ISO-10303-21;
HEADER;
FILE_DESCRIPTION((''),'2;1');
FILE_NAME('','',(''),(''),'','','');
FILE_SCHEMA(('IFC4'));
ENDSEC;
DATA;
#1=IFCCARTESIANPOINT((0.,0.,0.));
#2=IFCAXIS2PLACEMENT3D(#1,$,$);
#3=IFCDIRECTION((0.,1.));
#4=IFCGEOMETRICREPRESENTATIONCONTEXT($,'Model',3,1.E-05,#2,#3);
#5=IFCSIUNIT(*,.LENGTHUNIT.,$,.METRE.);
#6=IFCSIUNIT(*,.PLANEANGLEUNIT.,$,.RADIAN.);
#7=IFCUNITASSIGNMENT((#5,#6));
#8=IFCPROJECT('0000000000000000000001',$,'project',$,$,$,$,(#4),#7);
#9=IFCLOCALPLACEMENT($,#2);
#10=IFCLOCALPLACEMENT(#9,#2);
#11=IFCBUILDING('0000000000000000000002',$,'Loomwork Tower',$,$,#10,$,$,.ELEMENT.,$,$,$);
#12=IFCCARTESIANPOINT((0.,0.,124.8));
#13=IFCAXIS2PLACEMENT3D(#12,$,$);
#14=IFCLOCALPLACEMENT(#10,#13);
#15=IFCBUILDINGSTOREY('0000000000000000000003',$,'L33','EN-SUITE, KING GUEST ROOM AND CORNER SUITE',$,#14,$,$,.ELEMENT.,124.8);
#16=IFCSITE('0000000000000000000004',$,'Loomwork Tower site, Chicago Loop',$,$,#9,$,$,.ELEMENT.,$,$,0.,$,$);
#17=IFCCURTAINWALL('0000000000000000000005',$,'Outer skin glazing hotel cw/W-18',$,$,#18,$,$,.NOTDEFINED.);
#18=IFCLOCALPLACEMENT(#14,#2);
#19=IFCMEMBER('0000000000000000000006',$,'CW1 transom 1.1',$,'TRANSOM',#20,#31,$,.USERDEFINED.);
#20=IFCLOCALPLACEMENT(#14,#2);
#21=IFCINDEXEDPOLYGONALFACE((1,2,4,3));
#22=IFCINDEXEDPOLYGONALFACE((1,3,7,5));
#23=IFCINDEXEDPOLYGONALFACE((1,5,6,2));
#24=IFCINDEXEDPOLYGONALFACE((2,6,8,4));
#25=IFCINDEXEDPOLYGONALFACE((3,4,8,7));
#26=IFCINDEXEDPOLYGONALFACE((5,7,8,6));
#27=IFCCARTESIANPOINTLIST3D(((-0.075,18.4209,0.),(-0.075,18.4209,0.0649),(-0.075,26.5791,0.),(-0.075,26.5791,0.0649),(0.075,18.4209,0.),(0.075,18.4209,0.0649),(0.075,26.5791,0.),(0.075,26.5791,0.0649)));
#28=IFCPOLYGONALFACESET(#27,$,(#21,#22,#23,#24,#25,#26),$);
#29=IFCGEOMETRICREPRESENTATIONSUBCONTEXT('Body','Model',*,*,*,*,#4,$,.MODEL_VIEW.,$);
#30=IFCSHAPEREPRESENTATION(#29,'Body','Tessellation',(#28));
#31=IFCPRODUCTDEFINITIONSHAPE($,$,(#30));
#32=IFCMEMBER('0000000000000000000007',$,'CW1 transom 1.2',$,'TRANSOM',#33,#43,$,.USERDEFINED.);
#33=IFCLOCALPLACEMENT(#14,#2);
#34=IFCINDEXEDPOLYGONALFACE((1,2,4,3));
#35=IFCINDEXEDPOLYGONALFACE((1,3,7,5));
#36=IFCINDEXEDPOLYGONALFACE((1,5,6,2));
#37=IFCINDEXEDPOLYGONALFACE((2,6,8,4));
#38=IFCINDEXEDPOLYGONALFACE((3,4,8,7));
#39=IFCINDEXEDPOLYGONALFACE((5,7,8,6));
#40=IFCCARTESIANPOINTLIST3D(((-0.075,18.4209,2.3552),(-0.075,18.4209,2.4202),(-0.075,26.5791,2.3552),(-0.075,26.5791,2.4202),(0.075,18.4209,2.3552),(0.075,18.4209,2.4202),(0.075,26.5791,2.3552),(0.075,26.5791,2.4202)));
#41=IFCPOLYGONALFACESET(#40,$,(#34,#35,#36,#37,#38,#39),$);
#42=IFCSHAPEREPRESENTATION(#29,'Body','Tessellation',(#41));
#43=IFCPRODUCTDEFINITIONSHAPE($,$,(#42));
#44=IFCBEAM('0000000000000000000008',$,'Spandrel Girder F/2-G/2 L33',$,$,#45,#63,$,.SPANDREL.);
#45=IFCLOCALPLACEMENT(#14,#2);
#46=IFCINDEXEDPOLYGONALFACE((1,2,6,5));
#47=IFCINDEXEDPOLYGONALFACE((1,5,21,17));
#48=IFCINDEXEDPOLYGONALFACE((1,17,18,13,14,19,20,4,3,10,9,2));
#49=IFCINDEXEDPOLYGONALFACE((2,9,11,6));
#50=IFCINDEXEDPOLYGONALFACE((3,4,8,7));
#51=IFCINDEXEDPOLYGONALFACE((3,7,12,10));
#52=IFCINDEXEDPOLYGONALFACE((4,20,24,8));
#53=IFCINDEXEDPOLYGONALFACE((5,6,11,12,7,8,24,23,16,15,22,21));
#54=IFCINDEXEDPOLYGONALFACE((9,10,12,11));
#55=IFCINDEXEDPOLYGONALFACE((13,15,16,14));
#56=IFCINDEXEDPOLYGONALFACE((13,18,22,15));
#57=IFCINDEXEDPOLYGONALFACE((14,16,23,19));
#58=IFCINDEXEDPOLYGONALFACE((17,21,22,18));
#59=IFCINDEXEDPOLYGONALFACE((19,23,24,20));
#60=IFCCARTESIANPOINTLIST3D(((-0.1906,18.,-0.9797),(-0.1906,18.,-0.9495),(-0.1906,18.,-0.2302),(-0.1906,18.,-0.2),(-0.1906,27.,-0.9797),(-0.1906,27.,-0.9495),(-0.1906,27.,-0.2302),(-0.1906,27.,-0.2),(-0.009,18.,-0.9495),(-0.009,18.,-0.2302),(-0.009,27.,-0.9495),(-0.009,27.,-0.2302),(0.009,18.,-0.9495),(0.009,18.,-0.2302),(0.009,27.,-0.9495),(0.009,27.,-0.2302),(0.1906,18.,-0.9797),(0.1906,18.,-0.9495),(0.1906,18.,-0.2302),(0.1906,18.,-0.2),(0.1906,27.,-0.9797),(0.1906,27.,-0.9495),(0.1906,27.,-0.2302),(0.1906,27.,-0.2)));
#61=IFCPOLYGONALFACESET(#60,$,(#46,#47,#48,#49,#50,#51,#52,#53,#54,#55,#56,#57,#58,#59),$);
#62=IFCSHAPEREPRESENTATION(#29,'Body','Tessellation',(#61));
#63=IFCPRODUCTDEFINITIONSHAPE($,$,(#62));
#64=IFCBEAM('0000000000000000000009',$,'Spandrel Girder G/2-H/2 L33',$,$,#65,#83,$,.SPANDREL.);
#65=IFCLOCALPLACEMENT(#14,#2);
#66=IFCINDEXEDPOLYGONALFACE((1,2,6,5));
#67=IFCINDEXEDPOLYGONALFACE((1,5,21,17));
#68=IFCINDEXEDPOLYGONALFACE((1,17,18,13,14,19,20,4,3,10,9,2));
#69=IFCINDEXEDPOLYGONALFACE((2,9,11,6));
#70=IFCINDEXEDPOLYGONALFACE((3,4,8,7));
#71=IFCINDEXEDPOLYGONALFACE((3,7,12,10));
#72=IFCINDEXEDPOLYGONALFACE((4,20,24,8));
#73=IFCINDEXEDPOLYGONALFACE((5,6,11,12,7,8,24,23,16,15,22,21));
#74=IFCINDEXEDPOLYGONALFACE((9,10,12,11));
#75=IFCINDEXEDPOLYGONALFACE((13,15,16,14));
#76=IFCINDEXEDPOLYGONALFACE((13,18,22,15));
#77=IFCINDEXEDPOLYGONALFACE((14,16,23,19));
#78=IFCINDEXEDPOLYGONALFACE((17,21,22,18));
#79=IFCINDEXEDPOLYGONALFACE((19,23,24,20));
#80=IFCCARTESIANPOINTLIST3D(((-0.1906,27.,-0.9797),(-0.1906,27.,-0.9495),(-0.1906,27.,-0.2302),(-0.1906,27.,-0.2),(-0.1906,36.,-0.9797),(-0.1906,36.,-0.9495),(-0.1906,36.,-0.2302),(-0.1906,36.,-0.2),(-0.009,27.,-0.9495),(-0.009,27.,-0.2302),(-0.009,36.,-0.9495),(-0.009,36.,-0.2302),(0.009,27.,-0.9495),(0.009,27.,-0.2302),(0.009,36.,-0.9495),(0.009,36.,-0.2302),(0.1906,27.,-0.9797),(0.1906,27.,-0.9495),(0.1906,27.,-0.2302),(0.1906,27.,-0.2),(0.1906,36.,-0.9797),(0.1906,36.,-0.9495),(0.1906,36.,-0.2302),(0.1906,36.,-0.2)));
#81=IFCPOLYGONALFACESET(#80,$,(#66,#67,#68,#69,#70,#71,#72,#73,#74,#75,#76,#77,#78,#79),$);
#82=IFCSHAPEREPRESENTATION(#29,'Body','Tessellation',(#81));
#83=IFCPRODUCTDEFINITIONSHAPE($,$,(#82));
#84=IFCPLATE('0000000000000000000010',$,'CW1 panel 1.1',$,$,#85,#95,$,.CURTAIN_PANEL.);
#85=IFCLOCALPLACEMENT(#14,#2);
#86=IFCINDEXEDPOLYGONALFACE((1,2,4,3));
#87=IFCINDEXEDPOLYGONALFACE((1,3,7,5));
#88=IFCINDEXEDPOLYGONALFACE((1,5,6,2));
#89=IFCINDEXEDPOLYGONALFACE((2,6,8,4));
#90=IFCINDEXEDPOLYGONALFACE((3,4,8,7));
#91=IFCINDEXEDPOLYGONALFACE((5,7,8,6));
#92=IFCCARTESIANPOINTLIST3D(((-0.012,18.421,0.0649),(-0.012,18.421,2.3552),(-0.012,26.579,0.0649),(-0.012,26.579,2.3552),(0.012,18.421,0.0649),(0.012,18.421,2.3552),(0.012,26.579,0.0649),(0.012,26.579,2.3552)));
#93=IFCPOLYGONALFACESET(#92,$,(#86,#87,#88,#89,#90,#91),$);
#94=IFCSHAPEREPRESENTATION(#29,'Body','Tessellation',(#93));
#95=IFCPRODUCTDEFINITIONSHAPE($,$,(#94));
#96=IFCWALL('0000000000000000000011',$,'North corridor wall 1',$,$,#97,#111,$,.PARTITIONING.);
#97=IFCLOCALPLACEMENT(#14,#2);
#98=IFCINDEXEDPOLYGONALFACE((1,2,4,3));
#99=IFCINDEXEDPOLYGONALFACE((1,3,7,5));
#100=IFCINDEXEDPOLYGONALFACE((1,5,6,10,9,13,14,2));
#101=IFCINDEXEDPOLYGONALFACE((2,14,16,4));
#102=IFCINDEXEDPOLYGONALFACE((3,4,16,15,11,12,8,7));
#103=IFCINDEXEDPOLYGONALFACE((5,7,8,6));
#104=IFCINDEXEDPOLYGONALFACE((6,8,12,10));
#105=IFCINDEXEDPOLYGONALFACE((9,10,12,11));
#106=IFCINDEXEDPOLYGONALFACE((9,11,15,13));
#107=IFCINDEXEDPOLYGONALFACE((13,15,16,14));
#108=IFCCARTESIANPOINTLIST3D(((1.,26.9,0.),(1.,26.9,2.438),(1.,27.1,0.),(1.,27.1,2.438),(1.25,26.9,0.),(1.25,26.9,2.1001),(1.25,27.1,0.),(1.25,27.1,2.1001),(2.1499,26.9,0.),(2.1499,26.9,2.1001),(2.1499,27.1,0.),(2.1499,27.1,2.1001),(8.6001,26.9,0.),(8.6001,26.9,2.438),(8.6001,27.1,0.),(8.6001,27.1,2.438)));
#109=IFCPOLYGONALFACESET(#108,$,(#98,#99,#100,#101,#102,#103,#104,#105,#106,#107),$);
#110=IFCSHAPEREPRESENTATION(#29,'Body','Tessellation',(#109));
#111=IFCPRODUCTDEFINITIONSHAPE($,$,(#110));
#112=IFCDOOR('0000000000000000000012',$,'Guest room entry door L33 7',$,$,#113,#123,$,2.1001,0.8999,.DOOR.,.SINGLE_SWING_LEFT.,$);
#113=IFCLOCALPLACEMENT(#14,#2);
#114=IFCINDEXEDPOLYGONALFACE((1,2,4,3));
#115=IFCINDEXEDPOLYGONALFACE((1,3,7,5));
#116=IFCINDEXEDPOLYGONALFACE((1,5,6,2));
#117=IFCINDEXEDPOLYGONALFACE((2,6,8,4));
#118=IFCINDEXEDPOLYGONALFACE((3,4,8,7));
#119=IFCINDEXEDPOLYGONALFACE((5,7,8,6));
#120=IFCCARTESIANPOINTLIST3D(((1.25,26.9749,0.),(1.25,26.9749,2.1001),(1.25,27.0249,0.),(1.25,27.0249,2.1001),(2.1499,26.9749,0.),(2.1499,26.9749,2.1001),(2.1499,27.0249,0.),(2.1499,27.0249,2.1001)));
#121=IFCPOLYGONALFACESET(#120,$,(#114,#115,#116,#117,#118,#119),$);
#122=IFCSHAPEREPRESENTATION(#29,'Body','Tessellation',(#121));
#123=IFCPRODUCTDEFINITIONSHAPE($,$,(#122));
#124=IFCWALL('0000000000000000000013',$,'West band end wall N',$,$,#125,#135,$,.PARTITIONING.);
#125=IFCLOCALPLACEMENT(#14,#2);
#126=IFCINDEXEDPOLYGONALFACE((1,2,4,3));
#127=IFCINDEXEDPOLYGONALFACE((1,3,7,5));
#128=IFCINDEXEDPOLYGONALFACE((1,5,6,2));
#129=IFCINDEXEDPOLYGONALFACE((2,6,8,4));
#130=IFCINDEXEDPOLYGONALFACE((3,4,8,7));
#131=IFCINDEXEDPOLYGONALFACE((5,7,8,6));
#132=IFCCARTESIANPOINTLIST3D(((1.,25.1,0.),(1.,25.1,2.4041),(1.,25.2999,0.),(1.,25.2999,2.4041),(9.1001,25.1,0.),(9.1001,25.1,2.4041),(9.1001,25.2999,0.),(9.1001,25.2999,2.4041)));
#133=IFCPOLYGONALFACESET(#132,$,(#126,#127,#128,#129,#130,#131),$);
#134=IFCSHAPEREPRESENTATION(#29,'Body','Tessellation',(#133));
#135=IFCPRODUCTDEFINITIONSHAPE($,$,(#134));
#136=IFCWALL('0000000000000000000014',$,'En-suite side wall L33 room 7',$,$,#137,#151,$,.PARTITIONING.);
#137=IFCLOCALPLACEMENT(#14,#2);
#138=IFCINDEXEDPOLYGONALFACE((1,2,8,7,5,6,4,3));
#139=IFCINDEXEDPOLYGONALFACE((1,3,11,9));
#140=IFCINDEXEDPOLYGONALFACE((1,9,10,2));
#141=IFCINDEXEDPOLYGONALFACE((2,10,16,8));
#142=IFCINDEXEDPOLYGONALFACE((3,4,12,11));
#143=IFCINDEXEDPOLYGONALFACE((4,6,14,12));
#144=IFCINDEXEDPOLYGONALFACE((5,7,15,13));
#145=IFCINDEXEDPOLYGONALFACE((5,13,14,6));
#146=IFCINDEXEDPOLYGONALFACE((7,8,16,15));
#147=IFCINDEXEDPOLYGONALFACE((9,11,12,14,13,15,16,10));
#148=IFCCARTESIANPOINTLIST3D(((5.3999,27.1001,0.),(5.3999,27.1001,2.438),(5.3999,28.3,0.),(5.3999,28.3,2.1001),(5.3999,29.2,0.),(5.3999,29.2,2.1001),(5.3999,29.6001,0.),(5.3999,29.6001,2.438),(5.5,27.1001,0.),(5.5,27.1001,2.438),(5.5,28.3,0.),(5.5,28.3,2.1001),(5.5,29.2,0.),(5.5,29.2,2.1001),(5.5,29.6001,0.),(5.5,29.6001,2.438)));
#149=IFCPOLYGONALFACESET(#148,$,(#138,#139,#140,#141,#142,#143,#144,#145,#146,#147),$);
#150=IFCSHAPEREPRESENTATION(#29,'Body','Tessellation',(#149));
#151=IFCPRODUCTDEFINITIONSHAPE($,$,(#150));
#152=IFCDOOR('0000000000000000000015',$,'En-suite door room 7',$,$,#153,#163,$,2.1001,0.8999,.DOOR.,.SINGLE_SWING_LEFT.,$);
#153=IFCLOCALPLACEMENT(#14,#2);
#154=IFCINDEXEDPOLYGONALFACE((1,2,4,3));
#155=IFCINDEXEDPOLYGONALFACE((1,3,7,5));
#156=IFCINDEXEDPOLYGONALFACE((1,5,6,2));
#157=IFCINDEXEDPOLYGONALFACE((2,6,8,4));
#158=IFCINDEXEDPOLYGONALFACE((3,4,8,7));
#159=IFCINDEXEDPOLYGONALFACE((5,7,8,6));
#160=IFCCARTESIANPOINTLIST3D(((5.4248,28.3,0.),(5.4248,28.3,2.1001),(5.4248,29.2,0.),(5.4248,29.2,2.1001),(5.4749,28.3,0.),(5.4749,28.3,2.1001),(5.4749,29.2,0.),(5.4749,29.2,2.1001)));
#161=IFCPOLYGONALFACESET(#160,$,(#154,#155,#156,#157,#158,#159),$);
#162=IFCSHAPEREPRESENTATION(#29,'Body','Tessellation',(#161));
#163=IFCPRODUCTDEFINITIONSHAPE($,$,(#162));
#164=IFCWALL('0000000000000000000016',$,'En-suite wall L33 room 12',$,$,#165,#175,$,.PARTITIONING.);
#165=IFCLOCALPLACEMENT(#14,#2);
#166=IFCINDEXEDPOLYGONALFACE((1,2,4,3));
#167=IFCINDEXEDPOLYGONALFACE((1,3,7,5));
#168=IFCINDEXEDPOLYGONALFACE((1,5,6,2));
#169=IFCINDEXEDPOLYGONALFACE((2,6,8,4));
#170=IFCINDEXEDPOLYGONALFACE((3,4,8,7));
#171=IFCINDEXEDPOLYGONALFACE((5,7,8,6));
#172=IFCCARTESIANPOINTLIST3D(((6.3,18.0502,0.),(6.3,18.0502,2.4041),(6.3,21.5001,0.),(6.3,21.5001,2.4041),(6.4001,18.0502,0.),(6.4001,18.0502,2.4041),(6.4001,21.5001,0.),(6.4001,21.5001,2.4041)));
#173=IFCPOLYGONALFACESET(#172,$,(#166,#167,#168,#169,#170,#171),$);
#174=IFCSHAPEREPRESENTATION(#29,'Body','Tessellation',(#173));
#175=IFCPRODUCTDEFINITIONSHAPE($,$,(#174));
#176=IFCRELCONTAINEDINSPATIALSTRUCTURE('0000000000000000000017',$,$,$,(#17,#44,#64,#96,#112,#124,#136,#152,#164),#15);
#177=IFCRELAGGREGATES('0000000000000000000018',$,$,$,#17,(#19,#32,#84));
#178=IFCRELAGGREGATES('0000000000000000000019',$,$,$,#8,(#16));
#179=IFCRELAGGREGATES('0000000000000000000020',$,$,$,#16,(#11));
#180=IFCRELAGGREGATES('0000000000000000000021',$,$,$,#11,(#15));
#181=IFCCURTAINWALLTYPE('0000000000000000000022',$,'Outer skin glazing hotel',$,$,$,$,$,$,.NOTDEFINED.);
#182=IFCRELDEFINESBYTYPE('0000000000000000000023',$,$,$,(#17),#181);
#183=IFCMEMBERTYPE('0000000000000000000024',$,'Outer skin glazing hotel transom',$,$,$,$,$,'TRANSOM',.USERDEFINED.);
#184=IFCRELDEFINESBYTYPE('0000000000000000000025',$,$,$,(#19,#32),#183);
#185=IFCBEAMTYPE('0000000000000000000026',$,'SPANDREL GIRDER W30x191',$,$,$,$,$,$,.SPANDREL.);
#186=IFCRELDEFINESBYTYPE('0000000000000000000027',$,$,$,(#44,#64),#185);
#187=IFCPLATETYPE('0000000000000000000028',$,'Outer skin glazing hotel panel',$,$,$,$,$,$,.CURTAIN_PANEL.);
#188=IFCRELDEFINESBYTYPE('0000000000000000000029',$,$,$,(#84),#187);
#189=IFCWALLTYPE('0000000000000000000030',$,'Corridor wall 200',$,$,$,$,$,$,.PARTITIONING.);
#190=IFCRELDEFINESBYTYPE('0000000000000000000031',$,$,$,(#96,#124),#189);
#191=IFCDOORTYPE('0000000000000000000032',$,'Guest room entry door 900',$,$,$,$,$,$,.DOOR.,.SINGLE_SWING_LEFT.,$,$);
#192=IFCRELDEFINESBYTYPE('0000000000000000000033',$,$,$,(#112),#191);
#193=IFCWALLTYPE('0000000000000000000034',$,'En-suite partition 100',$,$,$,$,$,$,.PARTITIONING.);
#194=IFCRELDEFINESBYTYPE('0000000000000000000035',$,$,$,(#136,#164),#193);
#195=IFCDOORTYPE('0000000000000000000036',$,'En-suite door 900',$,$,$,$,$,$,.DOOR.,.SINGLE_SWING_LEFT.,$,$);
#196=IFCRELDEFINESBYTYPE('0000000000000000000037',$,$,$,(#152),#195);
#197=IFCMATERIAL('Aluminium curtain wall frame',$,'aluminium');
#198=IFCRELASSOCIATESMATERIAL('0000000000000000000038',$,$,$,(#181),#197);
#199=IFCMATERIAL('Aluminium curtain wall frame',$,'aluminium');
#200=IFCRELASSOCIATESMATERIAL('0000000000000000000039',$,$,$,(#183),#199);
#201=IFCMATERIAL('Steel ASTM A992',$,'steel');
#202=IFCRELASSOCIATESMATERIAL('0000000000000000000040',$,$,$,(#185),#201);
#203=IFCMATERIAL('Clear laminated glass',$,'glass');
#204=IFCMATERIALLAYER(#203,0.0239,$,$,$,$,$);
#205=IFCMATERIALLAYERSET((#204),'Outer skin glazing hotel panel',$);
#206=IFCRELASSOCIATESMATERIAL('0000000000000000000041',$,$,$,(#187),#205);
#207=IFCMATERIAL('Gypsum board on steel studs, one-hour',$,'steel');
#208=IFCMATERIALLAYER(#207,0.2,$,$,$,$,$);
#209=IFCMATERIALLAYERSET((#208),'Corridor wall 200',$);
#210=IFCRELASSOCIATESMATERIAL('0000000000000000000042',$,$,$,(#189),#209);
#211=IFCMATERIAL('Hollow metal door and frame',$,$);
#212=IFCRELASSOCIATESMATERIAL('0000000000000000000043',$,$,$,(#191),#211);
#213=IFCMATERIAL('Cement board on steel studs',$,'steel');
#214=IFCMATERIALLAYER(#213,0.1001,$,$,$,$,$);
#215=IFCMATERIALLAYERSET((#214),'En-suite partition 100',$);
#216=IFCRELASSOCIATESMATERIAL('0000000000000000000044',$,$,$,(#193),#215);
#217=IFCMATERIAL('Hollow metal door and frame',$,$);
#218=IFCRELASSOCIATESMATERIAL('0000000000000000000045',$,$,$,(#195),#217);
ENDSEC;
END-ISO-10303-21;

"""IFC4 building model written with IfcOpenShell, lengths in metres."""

from ifc_helpers import new_model, si_unit, direction, frame, frame_2d, origin, origin_2d, place, context, subcontext, project, spatial, rectangle, i_section, extrude, material, layer, layer_set, material_profile, profile_set, type_object, element, fill, aggregate, save


model = new_model("IFC4")

# Units and contexts
model_context = context("Model", 3, precision=1e-05, world=origin(), true_north=direction((0.0, 1.0)))
body_context = subcontext(model_context, "Body", "Model", "MODEL_VIEW")
ifc_project = project(units=[si_unit("LENGTHUNIT", "METRE"), si_unit("PLANEANGLEUNIT", "RADIAN")], contexts=[model_context])

# Site, building, storey
site_placement = place(None, origin())
site = spatial("IfcSite", under=ifc_project, at=site_placement, Name="Loomwork Tower site, Chicago Loop", CompositionType="ELEMENT", RefElevation=0.0)
building_placement = place(site_placement, origin())
building = spatial("IfcBuilding", under=site, at=building_placement, Name="Loomwork Tower", CompositionType="ELEMENT")
storey_placement = place(building_placement, frame((0.0, 0.0, 124.8)))
storey = spatial("IfcBuildingStorey", under=building, at=storey_placement, Name="L33", Description="EN-SUITE, KING GUEST ROOM AND CORNER SUITE", CompositionType="ELEMENT", Elevation=124.8)

# Shared definitions
ifc_material_1 = material(Name="Aluminium curtain wall frame", Category="aluminium")
curtain_wall_type = type_object("IfcCurtainWallType", Name="Outer skin glazing hotel", PredefinedType="NOTDEFINED", material=ifc_material_1)

# Curtain wall
curtain_wall_1_placement = place(storey_placement, origin())
curtain_wall_1 = element("IfcCurtainWall", 1, at=curtain_wall_1_placement, inside=storey, type_object=curtain_wall_type, Name="Outer skin glazing hotel cw/W-18", PredefinedType="NOTDEFINED")

# Members
ifc_material_2 = material(Name="Aluminium curtain wall frame", Category="aluminium")
ifc_material_profile_1 = material_profile(ifc_material_2, rectangle(XDim=0.1499, YDim=0.0649, at=origin_2d()), Name="AL 65x150")
ifc_profile_set_1 = profile_set([ifc_material_profile_1], Name="Aluminium curtain wall frame")
member_type_1 = type_object("IfcMemberType", Name="Outer skin glazing hotel transom", ElementType="TRANSOM", PredefinedType="USERDEFINED", material=ifc_profile_set_1)
member_1_placement = place(storey_placement, frame((0.0, 26.5791, 0.0325), z_axis=(0.0, -1.0, 0.0), x_axis=(1.0, 0.0, 0.0)))
member_1 = element("IfcMember", 2, at=member_1_placement, type_object=member_type_1, Name="CW1 transom 1.1", ObjectType="TRANSOM", PredefinedType="USERDEFINED", context=body_context, shape_type="SweptSolid", body=[
    extrude(rectangle(XDim=0.1499, YDim=0.0649, at=origin_2d()), origin(), (0.0, 0.0, 1.0), 8.1582),
])
member_2_placement = place(storey_placement, frame((0.0, 26.5791, 2.3877), z_axis=(0.0, -1.0, 0.0), x_axis=(1.0, 0.0, 0.0)))
member_2 = element("IfcMember", 3, at=member_2_placement, type_object=member_type_1, Name="CW1 transom 1.2", ObjectType="TRANSOM", PredefinedType="USERDEFINED", context=body_context, shape_type="SweptSolid", body=[
    extrude(rectangle(XDim=0.1499, YDim=0.0649, at=origin_2d()), origin(), (0.0, 0.0, 1.0), 8.1582),
])

# Beams
ifc_material_3 = material(Name="Steel ASTM A992", Category="steel")
ifc_material_profile_2 = material_profile(ifc_material_3, i_section(OverallWidth=0.3811, OverallDepth=0.7798, WebThickness=0.0181, FlangeThickness=0.0303, at=origin_2d()), Name="W30x191")
ifc_profile_set_2 = profile_set([ifc_material_profile_2], Name="Steel ASTM A992")
beam_type_1 = type_object("IfcBeamType", Name="SPANDREL GIRDER W30x191", PredefinedType="SPANDREL", material=ifc_profile_set_2)
for number, where, z_axis, x_axis, name in (
    (4, (0.0, 18.0, -0.5898), (0.0, 1.0, 0.0), (-1.0, 0.0, 0.0), "Spandrel Girder F/2-G/2 L33"),
    (5, (0.0, 27.0, -0.5898), (0.0, 1.0, 0.0), (-1.0, 0.0, 0.0), "Spandrel Girder G/2-H/2 L33"),
):
    element("IfcBeam", number, at=place(storey_placement, frame(where, z_axis=z_axis, x_axis=x_axis)), inside=storey, type_object=beam_type_1, Name=name, PredefinedType="SPANDREL", context=body_context, shape_type="SweptSolid", body=[
        extrude(i_section(OverallWidth=0.3811, OverallDepth=0.7798, WebThickness=0.0181, FlangeThickness=0.0303, at=origin_2d()), origin(), (0.0, 0.0, 1.0), 9.0),
    ])

# Plate
ifc_material_4 = material(Name="Clear laminated glass", Category="glass")
ifc_layer_1 = layer(ifc_material_4, 0.0239)
ifc_layer_set_1 = layer_set([ifc_layer_1], Name="Outer skin glazing hotel panel")
plate_type = type_object("IfcPlateType", Name="Outer skin glazing hotel panel", PredefinedType="CURTAIN_PANEL", material=ifc_layer_set_1)
plate_placement = place(storey_placement, frame((0.0, 22.5, 0.0649), z_axis=(0.0, 0.0, 1.0), x_axis=(0.0, -1.0, 0.0)))
plate = element("IfcPlate", 6, at=plate_placement, type_object=plate_type, Name="CW1 panel 1.1", PredefinedType="CURTAIN_PANEL", context=body_context, shape_type="SweptSolid", body=[
    extrude(rectangle(XDim=8.158, YDim=0.0239, at=origin_2d()), origin(), (0.0, 0.0, 1.0), 2.2903),
])
aggregate(curtain_wall_1, [member_1, member_2, plate])

# Wall, opening, door
ifc_material_5 = material(Name="Gypsum board on steel studs, one-hour", Category="steel")
ifc_layer_2 = layer(ifc_material_5, 0.2)
ifc_layer_set_2 = layer_set([ifc_layer_2], Name="Corridor wall 200")
wall_type_1 = type_object("IfcWallType", Name="Corridor wall 200", PredefinedType="PARTITIONING", material=ifc_layer_set_2)
wall_1_placement = place(storey_placement, frame((1.0, 27.0, 0.0), z_axis=(0.0, 0.0, 1.0), x_axis=(1.0, 0.0, 0.0)))
wall_1 = element("IfcWall", 7, at=wall_1_placement, inside=storey, type_object=wall_type_1, Name="North corridor wall 1", PredefinedType="PARTITIONING", context=body_context, shape_type="SweptSolid", body=[
    extrude(rectangle(XDim=7.6001, YDim=0.2, at=frame_2d((3.8, 0.0))), origin(), (0.0, 0.0, 1.0), 2.438),
])
opening_1_placement = place(wall_1_placement, frame((0.25, 0.0, 0.0)))
opening_1 = element("IfcOpeningElement", 8, at=opening_1_placement, cuts=wall_1, PredefinedType="OPENING", context=body_context, shape_type="SweptSolid", body=[
    extrude(rectangle(XDim=0.8999, YDim=2.1001, at=frame_2d((0.45, 1.05))), frame((0.0, 0.1099, 0.0), z_axis=(0.0, -1.0, 0.0), x_axis=(1.0, 0.0, 0.0)), (0.0, 0.0, 1.0), 0.22),
])
ifc_material_6 = material(Name="Hollow metal door and frame")
door_type_1 = type_object("IfcDoorType", Name="Guest room entry door 900", OperationType="SINGLE_SWING_LEFT", PredefinedType="DOOR", material=ifc_material_6)
door_1_placement = place(opening_1_placement, origin())
door_1 = element("IfcDoor", 9, at=door_1_placement, inside=storey, type_object=door_type_1, Name="Guest room entry door L33 7", OperationType="SINGLE_SWING_LEFT", OverallHeight=2.1001, OverallWidth=0.8999, PredefinedType="DOOR", context=body_context, shape_type="SweptSolid", body=[
    extrude(rectangle(XDim=0.8999, YDim=2.1001, at=frame_2d((0.45, 1.05))), frame((0.0, 0.0249, 0.0), z_axis=(0.0, -1.0, 0.0), x_axis=(1.0, 0.0, 0.0)), (0.0, 0.0, 1.0), 0.05),
])
fill(opening_1, door_1)

# Wall
wall_2_placement = place(storey_placement, frame((1.0, 25.2, 0.0), z_axis=(0.0, 0.0, 1.0), x_axis=(1.0, 0.0, 0.0)))
element("IfcWall", 10, at=wall_2_placement, inside=storey, type_object=wall_type_1, Name="West band end wall N", PredefinedType="PARTITIONING", context=body_context, shape_type="SweptSolid", body=[
    extrude(rectangle(XDim=8.1001, YDim=0.2, at=frame_2d((4.05, 0.0))), origin(), (0.0, 0.0, 1.0), 2.4041),
])

# Wall, opening, door
ifc_material_7 = material(Name="Cement board on steel studs", Category="steel")
ifc_layer_3 = layer(ifc_material_7, 0.1001)
ifc_layer_set_3 = layer_set([ifc_layer_3], Name="En-suite partition 100")
wall_type_2 = type_object("IfcWallType", Name="En-suite partition 100", PredefinedType="PARTITIONING", material=ifc_layer_set_3)
wall_3_placement = place(storey_placement, frame((5.45, 27.1001, 0.0), z_axis=(0.0, 0.0, 1.0), x_axis=(0.0, 1.0, 0.0)))
wall_3 = element("IfcWall", 11, at=wall_3_placement, inside=storey, type_object=wall_type_2, Name="En-suite side wall L33 room 7", PredefinedType="PARTITIONING", context=body_context, shape_type="SweptSolid", body=[
    extrude(rectangle(XDim=2.5, YDim=0.1001, at=frame_2d((1.25, 0.0))), origin(), (0.0, 0.0, 1.0), 2.438),
])
opening_2_placement = place(wall_3_placement, frame((1.2, 0.0, 0.0)))
opening_2 = element("IfcOpeningElement", 12, at=opening_2_placement, cuts=wall_3, PredefinedType="OPENING", context=body_context, shape_type="SweptSolid", body=[
    extrude(rectangle(XDim=0.8999, YDim=2.1001, at=frame_2d((0.45, 1.05))), frame((0.0, 0.0601, 0.0), z_axis=(0.0, -1.0, 0.0), x_axis=(1.0, 0.0, 0.0)), (0.0, 0.0, 1.0), 0.1201),
])
ifc_material_8 = material(Name="Hollow metal door and frame")
door_type_2 = type_object("IfcDoorType", Name="En-suite door 900", OperationType="SINGLE_SWING_LEFT", PredefinedType="DOOR", material=ifc_material_8)
door_2_placement = place(opening_2_placement, frame((0.8999, 0.0, 0.0), z_axis=(0.0, 0.0, 1.0), x_axis=(-1.0, 0.0, 0.0)))
door_2 = element("IfcDoor", 13, at=door_2_placement, inside=storey, type_object=door_type_2, Name="En-suite door room 7", OperationType="SINGLE_SWING_LEFT", OverallHeight=2.1001, OverallWidth=0.8999, PredefinedType="DOOR", context=body_context, shape_type="SweptSolid", body=[
    extrude(rectangle(XDim=0.8999, YDim=2.1001, at=frame_2d((0.45, 1.05))), frame((0.0, 0.0249, 0.0), z_axis=(0.0, -1.0, 0.0), x_axis=(1.0, 0.0, 0.0)), (0.0, 0.0, 1.0), 0.05),
])
fill(opening_2, door_2)

# Wall
wall_4_placement = place(storey_placement, frame((6.3501, 18.05, 0.0), z_axis=(0.0, 0.0, 1.0), x_axis=(0.0, 1.0, 0.0)))
element("IfcWall", 14, at=wall_4_placement, inside=storey, type_object=wall_type_2, Name="En-suite wall L33 room 12", PredefinedType="PARTITIONING", context=body_context, shape_type="SweptSolid", body=[
    extrude(rectangle(XDim=3.45, YDim=0.1001, at=frame_2d((1.7251, 0.0))), origin(), (0.0, 0.0, 1.0), 2.4041),
])

save(model, "model.ifc")
